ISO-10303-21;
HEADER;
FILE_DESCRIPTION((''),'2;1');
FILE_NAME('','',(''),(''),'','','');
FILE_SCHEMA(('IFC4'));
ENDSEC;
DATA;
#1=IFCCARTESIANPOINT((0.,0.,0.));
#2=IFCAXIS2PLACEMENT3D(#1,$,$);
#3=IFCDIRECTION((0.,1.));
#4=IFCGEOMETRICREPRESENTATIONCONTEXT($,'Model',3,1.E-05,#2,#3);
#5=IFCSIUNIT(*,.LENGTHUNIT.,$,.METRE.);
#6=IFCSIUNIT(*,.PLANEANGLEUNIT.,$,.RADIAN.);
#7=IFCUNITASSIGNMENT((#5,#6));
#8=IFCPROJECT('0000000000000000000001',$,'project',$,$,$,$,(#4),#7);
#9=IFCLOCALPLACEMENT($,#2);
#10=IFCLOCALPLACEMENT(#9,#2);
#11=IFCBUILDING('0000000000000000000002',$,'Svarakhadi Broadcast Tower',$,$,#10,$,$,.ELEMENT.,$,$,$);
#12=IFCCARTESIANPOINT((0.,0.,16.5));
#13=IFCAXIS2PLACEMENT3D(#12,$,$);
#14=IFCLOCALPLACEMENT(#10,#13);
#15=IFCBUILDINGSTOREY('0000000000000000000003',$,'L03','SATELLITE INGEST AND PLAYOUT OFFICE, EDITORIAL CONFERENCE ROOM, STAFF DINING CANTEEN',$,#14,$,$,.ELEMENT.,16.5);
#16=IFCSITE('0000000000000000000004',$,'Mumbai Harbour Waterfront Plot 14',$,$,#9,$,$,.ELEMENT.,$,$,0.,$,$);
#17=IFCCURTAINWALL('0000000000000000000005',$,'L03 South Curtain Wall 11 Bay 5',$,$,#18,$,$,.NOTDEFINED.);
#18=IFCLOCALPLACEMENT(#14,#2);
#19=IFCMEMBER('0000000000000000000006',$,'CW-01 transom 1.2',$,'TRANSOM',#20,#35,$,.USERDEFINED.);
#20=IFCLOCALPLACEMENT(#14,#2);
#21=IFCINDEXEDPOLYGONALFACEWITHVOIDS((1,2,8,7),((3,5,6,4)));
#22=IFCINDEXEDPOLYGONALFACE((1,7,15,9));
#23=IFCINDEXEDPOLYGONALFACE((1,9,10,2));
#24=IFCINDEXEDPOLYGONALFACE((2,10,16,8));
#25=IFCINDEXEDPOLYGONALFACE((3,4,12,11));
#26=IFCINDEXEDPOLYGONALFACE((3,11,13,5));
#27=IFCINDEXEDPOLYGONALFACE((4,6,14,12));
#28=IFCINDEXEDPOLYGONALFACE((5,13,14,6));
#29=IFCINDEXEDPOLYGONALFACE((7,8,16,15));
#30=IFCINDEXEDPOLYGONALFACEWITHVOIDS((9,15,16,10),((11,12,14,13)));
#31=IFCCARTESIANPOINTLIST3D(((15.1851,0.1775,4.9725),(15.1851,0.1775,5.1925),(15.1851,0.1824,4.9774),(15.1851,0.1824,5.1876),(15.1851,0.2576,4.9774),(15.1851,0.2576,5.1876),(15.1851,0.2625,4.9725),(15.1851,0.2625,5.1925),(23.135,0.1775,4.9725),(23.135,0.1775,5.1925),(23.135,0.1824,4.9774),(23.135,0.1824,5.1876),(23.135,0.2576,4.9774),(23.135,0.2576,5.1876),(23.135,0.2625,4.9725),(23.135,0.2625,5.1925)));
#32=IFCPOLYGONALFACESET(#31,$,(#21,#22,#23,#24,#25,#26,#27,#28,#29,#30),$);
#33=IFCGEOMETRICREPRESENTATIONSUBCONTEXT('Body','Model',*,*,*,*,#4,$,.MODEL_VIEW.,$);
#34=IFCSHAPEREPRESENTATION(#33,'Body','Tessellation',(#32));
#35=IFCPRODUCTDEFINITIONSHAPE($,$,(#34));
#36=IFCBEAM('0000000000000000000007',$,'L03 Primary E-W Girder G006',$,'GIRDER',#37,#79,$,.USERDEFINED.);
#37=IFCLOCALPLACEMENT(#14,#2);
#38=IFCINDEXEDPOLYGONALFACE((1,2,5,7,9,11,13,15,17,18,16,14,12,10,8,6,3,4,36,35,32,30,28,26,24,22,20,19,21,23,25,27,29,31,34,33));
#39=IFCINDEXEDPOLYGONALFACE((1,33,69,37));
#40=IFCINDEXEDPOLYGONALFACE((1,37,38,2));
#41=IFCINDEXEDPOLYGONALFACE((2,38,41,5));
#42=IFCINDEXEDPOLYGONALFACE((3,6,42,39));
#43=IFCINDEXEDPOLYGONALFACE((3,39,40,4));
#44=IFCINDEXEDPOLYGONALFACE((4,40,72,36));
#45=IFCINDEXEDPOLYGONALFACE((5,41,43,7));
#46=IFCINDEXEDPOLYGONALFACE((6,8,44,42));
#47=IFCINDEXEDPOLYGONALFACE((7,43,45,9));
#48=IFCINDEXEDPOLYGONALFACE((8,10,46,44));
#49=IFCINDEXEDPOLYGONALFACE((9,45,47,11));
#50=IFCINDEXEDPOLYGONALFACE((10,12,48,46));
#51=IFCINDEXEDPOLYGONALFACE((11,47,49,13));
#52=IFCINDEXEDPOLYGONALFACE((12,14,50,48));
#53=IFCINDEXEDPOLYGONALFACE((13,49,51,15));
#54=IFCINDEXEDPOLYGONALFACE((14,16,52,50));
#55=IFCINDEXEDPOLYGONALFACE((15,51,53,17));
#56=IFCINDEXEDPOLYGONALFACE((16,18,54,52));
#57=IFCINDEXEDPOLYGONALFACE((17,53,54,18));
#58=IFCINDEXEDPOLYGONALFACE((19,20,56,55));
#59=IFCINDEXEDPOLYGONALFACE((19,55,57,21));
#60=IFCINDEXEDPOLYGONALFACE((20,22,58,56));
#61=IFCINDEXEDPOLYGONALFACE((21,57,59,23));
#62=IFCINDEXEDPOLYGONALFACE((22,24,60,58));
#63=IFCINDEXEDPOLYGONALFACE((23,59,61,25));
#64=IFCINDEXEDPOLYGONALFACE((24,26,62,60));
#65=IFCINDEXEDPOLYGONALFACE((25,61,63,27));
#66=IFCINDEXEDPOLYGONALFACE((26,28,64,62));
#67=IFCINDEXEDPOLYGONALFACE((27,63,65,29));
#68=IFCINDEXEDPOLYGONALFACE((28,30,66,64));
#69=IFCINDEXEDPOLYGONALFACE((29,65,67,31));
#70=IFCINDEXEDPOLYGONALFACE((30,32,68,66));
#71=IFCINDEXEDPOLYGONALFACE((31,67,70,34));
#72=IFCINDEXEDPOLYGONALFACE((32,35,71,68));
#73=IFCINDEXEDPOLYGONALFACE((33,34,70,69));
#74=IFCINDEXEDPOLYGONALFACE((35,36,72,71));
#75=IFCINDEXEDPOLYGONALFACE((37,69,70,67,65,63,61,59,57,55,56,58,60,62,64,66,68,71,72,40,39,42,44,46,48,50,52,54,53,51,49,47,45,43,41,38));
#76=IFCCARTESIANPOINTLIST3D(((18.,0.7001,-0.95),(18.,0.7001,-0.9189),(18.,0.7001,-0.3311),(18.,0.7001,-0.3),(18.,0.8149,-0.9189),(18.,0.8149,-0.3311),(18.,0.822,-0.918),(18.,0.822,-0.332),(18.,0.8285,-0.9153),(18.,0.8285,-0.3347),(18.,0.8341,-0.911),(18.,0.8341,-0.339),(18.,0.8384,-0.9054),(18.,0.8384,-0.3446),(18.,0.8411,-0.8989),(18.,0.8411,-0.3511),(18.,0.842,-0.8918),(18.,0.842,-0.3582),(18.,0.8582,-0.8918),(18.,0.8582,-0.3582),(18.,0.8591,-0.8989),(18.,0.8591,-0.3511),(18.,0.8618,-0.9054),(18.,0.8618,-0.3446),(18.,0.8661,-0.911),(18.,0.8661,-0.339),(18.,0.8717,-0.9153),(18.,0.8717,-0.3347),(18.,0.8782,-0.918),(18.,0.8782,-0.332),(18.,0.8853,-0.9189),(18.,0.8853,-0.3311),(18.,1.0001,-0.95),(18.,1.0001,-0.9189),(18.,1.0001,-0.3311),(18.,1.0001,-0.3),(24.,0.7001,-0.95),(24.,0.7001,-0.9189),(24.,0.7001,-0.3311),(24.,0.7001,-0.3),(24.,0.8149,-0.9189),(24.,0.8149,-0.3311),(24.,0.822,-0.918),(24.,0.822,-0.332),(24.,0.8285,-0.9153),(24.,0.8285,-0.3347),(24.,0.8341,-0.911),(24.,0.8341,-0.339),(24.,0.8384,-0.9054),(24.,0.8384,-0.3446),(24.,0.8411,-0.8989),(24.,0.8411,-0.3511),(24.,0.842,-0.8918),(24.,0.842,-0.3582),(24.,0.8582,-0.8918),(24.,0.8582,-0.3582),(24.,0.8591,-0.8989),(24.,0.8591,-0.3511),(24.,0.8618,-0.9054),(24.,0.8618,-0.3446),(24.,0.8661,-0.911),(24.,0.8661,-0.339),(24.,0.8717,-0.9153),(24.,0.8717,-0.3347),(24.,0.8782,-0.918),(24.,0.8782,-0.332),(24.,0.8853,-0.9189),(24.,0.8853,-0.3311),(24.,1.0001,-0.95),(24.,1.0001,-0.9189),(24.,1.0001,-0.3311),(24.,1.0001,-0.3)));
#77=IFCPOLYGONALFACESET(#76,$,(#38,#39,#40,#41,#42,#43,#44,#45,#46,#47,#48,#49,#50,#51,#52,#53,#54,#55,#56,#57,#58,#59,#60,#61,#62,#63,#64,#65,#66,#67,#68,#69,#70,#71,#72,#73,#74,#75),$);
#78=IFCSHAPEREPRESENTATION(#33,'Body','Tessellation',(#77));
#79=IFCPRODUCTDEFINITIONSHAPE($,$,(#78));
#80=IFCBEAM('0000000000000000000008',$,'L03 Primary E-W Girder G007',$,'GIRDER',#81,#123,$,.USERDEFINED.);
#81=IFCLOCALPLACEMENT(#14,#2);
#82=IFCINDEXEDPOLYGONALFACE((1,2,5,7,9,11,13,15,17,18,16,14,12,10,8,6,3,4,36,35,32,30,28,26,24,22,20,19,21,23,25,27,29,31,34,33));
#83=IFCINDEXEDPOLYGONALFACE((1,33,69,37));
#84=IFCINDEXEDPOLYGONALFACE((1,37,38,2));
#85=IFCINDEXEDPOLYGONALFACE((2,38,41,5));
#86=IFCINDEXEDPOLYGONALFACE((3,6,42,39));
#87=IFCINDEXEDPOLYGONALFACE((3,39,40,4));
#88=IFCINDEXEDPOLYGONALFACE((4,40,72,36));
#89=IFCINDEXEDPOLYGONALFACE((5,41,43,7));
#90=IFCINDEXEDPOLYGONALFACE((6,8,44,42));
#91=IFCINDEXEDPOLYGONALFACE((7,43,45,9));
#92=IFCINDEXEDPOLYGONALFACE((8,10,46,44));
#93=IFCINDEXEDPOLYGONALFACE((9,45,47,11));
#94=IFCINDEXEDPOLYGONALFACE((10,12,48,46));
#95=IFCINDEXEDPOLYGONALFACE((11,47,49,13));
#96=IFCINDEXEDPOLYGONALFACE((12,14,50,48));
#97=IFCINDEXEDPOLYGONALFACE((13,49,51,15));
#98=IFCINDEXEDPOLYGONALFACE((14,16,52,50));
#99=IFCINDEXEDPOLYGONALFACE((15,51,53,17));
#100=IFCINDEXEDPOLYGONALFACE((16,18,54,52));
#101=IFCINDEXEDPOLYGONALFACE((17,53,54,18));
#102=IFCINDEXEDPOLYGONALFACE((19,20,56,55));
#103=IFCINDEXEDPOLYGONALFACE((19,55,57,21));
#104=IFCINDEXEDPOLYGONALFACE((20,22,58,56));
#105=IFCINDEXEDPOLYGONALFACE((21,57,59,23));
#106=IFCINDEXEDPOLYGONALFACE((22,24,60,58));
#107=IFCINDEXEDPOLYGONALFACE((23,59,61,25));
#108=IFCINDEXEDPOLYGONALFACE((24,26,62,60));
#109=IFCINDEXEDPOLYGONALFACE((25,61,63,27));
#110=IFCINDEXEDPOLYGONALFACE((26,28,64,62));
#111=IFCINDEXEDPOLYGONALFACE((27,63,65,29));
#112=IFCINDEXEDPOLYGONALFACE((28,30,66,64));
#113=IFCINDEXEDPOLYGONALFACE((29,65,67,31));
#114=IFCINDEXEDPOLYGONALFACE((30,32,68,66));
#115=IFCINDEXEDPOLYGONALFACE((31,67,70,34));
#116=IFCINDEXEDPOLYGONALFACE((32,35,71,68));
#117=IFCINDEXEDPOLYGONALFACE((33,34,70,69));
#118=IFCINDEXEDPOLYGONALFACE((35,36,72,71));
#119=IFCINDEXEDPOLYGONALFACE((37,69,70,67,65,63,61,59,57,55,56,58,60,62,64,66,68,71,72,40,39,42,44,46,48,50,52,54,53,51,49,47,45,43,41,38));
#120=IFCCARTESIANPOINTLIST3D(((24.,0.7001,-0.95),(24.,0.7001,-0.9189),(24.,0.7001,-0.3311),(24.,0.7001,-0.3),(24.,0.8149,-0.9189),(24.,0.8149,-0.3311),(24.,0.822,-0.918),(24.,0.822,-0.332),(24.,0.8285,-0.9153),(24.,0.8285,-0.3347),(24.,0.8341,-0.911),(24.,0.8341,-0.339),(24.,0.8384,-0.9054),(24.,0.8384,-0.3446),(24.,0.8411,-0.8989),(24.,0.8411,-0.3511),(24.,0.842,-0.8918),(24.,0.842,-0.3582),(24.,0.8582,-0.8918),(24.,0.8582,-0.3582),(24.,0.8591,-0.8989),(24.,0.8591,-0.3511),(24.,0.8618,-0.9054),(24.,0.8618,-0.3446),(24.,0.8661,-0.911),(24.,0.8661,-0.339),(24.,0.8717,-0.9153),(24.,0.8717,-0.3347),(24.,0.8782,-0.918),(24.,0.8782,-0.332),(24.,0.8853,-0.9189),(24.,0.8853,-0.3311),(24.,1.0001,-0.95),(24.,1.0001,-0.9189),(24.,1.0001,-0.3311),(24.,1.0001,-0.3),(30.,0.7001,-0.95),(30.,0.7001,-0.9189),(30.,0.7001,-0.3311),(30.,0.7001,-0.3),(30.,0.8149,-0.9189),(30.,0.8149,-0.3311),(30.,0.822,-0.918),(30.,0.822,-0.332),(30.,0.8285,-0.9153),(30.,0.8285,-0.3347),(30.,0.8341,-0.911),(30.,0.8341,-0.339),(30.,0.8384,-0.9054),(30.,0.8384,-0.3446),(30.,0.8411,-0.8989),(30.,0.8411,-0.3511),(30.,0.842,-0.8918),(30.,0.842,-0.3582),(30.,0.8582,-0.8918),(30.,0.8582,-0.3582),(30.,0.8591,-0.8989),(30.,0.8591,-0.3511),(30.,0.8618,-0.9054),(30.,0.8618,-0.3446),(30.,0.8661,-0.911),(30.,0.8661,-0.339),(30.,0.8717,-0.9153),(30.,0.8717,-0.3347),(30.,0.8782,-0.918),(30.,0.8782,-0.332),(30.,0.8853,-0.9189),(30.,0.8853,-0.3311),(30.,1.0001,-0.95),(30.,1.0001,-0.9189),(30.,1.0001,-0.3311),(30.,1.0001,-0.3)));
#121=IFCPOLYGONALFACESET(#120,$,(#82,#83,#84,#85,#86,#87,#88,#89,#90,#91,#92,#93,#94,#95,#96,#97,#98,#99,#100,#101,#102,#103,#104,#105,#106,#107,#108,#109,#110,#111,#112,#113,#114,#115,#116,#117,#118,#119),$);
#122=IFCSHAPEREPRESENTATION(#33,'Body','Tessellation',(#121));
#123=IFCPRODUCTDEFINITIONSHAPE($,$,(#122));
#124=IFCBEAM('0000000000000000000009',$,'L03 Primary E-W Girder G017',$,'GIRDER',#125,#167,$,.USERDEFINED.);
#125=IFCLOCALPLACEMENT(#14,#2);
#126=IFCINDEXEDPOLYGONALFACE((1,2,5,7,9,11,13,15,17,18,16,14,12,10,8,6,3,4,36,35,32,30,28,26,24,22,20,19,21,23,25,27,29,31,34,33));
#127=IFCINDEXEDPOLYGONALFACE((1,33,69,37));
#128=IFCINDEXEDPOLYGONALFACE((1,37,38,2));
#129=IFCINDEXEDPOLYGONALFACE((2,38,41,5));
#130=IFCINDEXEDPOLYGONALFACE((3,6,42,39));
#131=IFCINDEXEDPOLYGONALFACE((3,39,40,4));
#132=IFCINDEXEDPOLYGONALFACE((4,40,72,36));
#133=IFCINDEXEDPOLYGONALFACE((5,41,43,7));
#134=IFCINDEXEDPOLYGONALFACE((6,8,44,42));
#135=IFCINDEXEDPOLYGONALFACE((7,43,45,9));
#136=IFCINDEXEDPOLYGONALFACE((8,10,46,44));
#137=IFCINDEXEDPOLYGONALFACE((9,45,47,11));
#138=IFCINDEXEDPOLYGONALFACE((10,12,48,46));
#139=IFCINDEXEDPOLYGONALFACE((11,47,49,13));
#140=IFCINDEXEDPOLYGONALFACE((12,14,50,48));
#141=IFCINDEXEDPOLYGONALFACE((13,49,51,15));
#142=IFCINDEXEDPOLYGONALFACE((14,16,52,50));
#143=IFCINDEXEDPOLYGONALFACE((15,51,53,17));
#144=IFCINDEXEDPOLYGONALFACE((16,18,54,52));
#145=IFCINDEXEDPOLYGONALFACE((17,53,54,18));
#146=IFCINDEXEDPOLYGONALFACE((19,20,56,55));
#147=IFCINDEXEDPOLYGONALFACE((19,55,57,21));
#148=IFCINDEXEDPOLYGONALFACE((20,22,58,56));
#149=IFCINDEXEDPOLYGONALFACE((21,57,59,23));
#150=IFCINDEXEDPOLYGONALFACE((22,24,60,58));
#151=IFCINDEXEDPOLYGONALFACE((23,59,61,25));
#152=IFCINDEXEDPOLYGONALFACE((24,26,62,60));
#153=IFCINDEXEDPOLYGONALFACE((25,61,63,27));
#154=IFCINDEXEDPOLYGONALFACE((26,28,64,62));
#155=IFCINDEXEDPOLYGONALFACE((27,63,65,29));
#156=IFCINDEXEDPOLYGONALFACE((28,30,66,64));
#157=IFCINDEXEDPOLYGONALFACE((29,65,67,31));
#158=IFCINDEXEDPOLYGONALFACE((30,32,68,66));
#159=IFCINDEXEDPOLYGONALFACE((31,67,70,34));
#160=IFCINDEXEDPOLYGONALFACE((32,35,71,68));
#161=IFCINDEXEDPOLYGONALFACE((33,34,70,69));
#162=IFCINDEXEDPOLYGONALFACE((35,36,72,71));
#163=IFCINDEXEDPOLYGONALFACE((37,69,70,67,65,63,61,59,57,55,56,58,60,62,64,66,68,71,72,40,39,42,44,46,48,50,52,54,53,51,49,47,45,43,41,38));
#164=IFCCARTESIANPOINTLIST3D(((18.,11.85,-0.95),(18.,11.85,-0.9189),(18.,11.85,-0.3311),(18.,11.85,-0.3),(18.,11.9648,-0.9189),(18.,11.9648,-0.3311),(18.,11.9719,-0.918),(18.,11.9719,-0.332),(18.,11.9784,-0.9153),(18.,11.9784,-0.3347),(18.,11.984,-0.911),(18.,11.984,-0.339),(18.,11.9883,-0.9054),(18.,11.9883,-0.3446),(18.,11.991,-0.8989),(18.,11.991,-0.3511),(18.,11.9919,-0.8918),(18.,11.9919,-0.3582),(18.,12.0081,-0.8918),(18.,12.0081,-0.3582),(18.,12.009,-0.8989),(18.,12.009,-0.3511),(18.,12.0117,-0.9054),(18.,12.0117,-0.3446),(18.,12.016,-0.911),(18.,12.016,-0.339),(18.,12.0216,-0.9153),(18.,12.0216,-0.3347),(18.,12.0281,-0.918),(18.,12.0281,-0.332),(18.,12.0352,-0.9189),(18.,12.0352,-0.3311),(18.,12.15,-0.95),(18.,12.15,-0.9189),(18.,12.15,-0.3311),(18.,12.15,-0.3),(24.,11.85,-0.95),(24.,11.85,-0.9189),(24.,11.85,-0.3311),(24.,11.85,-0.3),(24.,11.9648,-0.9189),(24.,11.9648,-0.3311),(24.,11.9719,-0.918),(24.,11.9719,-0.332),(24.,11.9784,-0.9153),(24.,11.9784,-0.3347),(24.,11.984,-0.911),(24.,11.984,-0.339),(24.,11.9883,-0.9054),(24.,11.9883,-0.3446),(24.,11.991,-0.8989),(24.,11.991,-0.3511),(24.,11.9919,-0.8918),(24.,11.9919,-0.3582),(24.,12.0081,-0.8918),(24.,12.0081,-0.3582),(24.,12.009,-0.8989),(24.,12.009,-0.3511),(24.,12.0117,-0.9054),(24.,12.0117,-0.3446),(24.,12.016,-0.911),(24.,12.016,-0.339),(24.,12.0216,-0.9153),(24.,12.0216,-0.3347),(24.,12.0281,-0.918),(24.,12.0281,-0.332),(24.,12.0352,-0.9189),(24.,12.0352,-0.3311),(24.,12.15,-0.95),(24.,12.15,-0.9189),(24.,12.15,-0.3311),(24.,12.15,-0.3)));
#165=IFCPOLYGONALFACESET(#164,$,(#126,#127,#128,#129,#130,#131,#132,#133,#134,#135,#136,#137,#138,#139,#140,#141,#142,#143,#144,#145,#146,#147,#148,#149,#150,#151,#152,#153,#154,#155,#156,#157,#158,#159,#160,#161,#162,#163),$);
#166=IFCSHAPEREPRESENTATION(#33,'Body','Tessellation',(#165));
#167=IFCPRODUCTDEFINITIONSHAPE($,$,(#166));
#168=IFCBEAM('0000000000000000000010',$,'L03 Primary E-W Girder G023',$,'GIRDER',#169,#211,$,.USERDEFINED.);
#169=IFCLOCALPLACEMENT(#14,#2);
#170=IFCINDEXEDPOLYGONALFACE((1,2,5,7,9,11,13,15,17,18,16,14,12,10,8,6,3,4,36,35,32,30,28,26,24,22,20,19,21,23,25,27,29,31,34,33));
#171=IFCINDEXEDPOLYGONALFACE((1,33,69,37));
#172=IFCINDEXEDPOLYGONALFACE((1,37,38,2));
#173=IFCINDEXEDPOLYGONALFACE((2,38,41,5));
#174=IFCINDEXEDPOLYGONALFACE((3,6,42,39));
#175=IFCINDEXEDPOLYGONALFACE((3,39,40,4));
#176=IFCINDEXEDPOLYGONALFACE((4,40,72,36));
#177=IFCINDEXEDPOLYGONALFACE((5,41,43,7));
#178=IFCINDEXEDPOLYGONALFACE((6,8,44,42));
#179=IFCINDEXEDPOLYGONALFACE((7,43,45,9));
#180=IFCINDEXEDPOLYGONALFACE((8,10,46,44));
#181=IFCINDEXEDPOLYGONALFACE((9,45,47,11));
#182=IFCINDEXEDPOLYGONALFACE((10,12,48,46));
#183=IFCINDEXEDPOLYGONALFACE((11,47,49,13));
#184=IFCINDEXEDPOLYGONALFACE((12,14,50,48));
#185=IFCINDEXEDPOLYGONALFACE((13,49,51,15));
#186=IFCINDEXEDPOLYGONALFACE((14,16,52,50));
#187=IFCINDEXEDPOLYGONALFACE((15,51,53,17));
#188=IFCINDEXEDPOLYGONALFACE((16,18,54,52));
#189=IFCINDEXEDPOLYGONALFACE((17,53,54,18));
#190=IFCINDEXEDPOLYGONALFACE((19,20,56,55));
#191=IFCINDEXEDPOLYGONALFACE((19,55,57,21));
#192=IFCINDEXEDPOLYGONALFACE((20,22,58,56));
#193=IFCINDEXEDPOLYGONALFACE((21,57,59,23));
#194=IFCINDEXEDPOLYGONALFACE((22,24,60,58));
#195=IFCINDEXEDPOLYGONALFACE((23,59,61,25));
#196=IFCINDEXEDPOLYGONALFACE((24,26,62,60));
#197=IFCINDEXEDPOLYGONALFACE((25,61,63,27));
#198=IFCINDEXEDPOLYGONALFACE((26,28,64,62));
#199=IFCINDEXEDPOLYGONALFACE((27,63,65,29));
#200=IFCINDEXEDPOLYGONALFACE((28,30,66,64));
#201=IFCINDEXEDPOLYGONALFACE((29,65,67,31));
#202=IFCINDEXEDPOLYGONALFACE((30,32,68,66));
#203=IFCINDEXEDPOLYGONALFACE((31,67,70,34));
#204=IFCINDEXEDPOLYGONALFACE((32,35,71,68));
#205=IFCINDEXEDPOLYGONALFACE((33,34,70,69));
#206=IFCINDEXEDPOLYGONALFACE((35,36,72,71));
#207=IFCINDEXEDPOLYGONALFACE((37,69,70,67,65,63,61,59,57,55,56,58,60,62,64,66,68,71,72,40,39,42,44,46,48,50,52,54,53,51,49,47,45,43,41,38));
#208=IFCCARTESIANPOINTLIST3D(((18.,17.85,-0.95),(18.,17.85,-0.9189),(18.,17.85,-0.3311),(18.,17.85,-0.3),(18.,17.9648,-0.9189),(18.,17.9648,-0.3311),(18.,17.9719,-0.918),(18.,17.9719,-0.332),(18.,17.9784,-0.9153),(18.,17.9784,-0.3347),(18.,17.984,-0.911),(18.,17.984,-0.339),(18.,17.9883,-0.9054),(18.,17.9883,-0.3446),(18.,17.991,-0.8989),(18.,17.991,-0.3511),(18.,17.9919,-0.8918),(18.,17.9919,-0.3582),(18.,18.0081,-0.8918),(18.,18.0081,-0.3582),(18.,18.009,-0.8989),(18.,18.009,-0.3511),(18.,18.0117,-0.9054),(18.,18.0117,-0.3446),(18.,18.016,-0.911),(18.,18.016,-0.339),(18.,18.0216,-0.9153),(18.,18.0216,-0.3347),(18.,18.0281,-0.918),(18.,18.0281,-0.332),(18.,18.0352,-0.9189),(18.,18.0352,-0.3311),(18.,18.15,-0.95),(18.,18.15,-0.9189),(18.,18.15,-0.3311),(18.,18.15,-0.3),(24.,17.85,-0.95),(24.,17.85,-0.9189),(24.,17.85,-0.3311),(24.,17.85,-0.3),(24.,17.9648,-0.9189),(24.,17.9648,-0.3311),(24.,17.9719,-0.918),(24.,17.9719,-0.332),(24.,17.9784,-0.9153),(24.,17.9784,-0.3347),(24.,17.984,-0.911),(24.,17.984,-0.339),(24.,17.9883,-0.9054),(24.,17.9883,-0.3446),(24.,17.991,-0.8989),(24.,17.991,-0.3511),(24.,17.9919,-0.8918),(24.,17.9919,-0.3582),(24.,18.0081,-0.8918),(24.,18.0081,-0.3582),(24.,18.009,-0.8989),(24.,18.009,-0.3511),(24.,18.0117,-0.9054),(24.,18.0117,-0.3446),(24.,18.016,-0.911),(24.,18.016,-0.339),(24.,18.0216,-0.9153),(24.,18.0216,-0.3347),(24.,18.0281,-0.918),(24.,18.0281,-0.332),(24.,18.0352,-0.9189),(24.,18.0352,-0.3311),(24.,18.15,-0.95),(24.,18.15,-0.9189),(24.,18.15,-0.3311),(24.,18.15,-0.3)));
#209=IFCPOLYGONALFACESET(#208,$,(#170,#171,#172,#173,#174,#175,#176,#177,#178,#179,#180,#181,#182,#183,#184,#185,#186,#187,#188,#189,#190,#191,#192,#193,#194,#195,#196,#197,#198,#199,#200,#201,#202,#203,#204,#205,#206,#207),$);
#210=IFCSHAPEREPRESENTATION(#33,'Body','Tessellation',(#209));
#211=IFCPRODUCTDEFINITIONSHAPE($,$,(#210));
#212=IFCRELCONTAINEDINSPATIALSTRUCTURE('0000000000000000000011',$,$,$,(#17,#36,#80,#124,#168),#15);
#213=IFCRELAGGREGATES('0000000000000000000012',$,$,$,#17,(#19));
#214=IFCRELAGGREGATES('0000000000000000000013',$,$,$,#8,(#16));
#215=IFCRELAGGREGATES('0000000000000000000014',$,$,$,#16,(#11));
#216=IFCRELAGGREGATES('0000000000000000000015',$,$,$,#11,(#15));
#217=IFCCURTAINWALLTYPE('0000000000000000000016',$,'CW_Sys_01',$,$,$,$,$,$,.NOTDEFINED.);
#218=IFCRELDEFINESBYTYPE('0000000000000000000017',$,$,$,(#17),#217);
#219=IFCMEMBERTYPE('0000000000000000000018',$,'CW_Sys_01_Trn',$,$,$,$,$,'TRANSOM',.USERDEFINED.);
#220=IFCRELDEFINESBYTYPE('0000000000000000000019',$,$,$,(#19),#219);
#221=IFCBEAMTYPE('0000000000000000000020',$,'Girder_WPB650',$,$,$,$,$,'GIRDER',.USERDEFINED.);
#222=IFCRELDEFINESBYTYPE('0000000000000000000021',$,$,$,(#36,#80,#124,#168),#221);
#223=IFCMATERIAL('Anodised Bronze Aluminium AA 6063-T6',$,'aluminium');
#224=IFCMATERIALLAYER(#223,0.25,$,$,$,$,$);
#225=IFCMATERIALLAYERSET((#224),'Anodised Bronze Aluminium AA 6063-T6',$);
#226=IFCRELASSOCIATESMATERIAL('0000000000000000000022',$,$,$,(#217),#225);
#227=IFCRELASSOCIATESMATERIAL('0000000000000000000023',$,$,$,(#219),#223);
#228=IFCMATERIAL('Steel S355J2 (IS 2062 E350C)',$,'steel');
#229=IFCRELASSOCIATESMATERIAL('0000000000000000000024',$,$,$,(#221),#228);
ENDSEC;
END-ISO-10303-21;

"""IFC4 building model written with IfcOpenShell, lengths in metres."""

from ifc_helpers import new_model, si_unit, direction, frame, origin, origin_2d, place, context, subcontext, project, spatial, hollow_rectangle, i_section, extrude, material, layer, layer_set, material_profile, profile_set, type_object, element, aggregate, save


model = new_model("IFC4")

# Units and contexts
model_context = context("Model", 3, precision=1e-05, world=origin(), true_north=direction((0.0, 1.0)))
body_context = subcontext(model_context, "Body", "Model", "MODEL_VIEW")
ifc_project = project(units=[si_unit("LENGTHUNIT", "METRE"), si_unit("PLANEANGLEUNIT", "RADIAN")], contexts=[model_context])

# Site, building, storey
site_placement = place(None, origin())
site = spatial("IfcSite", under=ifc_project, at=site_placement, Name="Mumbai Harbour Waterfront Plot 14", CompositionType="ELEMENT", RefElevation=0.0)
building_placement = place(site_placement, origin())
building = spatial("IfcBuilding", under=site, at=building_placement, Name="Svarakhadi Broadcast Tower", CompositionType="ELEMENT")
storey_placement = place(building_placement, frame((0.0, 0.0, 16.5)))
storey = spatial("IfcBuildingStorey", under=building, at=storey_placement, Name="L03", Description="SATELLITE INGEST AND PLAYOUT OFFICE, EDITORIAL CONFERENCE ROOM, STAFF DINING CANTEEN", CompositionType="ELEMENT", Elevation=16.5)

# Shared definitions
ifc_material_1 = material(Name="Steel S355J2 (IS 2062 E350C)", Category="steel")

# Curtain wall, member
ifc_material_2 = material(Name="Anodised Bronze Aluminium AA 6063-T6", Category="aluminium")
ifc_layer_1 = layer(ifc_material_2, 0.25)
ifc_layer_set_1 = layer_set([ifc_layer_1], Name="Anodised Bronze Aluminium AA 6063-T6")
curtain_wall_type = type_object("IfcCurtainWallType", Name="CW_Sys_01", PredefinedType="NOTDEFINED", material=ifc_layer_set_1)
curtain_wall_placement = place(storey_placement, origin())
curtain_wall = element("IfcCurtainWall", 1, at=curtain_wall_placement, inside=storey, type_object=curtain_wall_type, Name="L03 South Curtain Wall 11 Bay 5", PredefinedType="NOTDEFINED")
ifc_material_profile_1 = material_profile(ifc_material_2, hollow_rectangle(XDim=0.085, YDim=0.22, WallThickness=0.0049, at=origin_2d()), Name="ALU TRANSOM 220x85x5")
ifc_profile_set_1 = profile_set([ifc_material_profile_1], Name="Anodised Bronze Aluminium AA 6063-T6")
member_type_1 = type_object("IfcMemberType", Name="CW_Sys_01_Trn", ElementType="TRANSOM", PredefinedType="USERDEFINED", material=ifc_profile_set_1)
member_1_placement = place(storey_placement, frame((23.135, 0.22, 5.0825), z_axis=(-1.0, 0.0, 0.0), x_axis=(0.0, -1.0, 0.0)))
member_1 = element("IfcMember", 2, at=member_1_placement, type_object=member_type_1, Name="CW-01 transom 1.2", ObjectType="TRANSOM", PredefinedType="USERDEFINED", context=body_context, shape_type="SweptSolid", body=[
    extrude(hollow_rectangle(XDim=0.085, YDim=0.22, WallThickness=0.0049, at=origin_2d()), origin(), (0.0, 0.0, 1.0), 7.95),
])

# Beams
ifc_material_profile_2 = material_profile(ifc_material_1, i_section(OverallWidth=0.3, OverallDepth=0.6499, WebThickness=0.0161, FlangeThickness=0.031, FilletRadius=0.0271, at=origin_2d()), Name="WPB 650x300x225")
ifc_profile_set_2 = profile_set([ifc_material_profile_2], Name="Steel S355J2 (IS 2062 E350C)")
beam_type_1 = type_object("IfcBeamType", Name="Girder_WPB650", ElementType="GIRDER", PredefinedType="USERDEFINED", material=ifc_profile_set_2)
for number, where, z_axis, x_axis, name in (
    (3, (18.0, 0.8501, -0.625), (1.0, 0.0, 0.0), (0.0, 1.0, 0.0), "L03 Primary E-W Girder G006"),
    (4, (24.0, 0.8501, -0.625), (1.0, 0.0, 0.0), (0.0, 1.0, 0.0), "L03 Primary E-W Girder G007"),
    (5, (18.0, 12.0, -0.625), (1.0, 0.0, 0.0), (0.0, 1.0, 0.0), "L03 Primary E-W Girder G017"),
    (6, (18.0, 18.0, -0.625), (1.0, 0.0, 0.0), (0.0, 1.0, 0.0), "L03 Primary E-W Girder G023"),
):
    element("IfcBeam", number, at=place(storey_placement, frame(where, z_axis=z_axis, x_axis=x_axis)), inside=storey, type_object=beam_type_1, Name=name, ObjectType="GIRDER", PredefinedType="USERDEFINED", context=body_context, shape_type="SweptSolid", body=[
        extrude(i_section(OverallWidth=0.3, OverallDepth=0.6499, WebThickness=0.0161, FlangeThickness=0.031, FilletRadius=0.0271, at=origin_2d()), origin(), (0.0, 0.0, 1.0), 6.0),
    ])

aggregate(curtain_wall, [member_1])

save(model, "model.ifc")
